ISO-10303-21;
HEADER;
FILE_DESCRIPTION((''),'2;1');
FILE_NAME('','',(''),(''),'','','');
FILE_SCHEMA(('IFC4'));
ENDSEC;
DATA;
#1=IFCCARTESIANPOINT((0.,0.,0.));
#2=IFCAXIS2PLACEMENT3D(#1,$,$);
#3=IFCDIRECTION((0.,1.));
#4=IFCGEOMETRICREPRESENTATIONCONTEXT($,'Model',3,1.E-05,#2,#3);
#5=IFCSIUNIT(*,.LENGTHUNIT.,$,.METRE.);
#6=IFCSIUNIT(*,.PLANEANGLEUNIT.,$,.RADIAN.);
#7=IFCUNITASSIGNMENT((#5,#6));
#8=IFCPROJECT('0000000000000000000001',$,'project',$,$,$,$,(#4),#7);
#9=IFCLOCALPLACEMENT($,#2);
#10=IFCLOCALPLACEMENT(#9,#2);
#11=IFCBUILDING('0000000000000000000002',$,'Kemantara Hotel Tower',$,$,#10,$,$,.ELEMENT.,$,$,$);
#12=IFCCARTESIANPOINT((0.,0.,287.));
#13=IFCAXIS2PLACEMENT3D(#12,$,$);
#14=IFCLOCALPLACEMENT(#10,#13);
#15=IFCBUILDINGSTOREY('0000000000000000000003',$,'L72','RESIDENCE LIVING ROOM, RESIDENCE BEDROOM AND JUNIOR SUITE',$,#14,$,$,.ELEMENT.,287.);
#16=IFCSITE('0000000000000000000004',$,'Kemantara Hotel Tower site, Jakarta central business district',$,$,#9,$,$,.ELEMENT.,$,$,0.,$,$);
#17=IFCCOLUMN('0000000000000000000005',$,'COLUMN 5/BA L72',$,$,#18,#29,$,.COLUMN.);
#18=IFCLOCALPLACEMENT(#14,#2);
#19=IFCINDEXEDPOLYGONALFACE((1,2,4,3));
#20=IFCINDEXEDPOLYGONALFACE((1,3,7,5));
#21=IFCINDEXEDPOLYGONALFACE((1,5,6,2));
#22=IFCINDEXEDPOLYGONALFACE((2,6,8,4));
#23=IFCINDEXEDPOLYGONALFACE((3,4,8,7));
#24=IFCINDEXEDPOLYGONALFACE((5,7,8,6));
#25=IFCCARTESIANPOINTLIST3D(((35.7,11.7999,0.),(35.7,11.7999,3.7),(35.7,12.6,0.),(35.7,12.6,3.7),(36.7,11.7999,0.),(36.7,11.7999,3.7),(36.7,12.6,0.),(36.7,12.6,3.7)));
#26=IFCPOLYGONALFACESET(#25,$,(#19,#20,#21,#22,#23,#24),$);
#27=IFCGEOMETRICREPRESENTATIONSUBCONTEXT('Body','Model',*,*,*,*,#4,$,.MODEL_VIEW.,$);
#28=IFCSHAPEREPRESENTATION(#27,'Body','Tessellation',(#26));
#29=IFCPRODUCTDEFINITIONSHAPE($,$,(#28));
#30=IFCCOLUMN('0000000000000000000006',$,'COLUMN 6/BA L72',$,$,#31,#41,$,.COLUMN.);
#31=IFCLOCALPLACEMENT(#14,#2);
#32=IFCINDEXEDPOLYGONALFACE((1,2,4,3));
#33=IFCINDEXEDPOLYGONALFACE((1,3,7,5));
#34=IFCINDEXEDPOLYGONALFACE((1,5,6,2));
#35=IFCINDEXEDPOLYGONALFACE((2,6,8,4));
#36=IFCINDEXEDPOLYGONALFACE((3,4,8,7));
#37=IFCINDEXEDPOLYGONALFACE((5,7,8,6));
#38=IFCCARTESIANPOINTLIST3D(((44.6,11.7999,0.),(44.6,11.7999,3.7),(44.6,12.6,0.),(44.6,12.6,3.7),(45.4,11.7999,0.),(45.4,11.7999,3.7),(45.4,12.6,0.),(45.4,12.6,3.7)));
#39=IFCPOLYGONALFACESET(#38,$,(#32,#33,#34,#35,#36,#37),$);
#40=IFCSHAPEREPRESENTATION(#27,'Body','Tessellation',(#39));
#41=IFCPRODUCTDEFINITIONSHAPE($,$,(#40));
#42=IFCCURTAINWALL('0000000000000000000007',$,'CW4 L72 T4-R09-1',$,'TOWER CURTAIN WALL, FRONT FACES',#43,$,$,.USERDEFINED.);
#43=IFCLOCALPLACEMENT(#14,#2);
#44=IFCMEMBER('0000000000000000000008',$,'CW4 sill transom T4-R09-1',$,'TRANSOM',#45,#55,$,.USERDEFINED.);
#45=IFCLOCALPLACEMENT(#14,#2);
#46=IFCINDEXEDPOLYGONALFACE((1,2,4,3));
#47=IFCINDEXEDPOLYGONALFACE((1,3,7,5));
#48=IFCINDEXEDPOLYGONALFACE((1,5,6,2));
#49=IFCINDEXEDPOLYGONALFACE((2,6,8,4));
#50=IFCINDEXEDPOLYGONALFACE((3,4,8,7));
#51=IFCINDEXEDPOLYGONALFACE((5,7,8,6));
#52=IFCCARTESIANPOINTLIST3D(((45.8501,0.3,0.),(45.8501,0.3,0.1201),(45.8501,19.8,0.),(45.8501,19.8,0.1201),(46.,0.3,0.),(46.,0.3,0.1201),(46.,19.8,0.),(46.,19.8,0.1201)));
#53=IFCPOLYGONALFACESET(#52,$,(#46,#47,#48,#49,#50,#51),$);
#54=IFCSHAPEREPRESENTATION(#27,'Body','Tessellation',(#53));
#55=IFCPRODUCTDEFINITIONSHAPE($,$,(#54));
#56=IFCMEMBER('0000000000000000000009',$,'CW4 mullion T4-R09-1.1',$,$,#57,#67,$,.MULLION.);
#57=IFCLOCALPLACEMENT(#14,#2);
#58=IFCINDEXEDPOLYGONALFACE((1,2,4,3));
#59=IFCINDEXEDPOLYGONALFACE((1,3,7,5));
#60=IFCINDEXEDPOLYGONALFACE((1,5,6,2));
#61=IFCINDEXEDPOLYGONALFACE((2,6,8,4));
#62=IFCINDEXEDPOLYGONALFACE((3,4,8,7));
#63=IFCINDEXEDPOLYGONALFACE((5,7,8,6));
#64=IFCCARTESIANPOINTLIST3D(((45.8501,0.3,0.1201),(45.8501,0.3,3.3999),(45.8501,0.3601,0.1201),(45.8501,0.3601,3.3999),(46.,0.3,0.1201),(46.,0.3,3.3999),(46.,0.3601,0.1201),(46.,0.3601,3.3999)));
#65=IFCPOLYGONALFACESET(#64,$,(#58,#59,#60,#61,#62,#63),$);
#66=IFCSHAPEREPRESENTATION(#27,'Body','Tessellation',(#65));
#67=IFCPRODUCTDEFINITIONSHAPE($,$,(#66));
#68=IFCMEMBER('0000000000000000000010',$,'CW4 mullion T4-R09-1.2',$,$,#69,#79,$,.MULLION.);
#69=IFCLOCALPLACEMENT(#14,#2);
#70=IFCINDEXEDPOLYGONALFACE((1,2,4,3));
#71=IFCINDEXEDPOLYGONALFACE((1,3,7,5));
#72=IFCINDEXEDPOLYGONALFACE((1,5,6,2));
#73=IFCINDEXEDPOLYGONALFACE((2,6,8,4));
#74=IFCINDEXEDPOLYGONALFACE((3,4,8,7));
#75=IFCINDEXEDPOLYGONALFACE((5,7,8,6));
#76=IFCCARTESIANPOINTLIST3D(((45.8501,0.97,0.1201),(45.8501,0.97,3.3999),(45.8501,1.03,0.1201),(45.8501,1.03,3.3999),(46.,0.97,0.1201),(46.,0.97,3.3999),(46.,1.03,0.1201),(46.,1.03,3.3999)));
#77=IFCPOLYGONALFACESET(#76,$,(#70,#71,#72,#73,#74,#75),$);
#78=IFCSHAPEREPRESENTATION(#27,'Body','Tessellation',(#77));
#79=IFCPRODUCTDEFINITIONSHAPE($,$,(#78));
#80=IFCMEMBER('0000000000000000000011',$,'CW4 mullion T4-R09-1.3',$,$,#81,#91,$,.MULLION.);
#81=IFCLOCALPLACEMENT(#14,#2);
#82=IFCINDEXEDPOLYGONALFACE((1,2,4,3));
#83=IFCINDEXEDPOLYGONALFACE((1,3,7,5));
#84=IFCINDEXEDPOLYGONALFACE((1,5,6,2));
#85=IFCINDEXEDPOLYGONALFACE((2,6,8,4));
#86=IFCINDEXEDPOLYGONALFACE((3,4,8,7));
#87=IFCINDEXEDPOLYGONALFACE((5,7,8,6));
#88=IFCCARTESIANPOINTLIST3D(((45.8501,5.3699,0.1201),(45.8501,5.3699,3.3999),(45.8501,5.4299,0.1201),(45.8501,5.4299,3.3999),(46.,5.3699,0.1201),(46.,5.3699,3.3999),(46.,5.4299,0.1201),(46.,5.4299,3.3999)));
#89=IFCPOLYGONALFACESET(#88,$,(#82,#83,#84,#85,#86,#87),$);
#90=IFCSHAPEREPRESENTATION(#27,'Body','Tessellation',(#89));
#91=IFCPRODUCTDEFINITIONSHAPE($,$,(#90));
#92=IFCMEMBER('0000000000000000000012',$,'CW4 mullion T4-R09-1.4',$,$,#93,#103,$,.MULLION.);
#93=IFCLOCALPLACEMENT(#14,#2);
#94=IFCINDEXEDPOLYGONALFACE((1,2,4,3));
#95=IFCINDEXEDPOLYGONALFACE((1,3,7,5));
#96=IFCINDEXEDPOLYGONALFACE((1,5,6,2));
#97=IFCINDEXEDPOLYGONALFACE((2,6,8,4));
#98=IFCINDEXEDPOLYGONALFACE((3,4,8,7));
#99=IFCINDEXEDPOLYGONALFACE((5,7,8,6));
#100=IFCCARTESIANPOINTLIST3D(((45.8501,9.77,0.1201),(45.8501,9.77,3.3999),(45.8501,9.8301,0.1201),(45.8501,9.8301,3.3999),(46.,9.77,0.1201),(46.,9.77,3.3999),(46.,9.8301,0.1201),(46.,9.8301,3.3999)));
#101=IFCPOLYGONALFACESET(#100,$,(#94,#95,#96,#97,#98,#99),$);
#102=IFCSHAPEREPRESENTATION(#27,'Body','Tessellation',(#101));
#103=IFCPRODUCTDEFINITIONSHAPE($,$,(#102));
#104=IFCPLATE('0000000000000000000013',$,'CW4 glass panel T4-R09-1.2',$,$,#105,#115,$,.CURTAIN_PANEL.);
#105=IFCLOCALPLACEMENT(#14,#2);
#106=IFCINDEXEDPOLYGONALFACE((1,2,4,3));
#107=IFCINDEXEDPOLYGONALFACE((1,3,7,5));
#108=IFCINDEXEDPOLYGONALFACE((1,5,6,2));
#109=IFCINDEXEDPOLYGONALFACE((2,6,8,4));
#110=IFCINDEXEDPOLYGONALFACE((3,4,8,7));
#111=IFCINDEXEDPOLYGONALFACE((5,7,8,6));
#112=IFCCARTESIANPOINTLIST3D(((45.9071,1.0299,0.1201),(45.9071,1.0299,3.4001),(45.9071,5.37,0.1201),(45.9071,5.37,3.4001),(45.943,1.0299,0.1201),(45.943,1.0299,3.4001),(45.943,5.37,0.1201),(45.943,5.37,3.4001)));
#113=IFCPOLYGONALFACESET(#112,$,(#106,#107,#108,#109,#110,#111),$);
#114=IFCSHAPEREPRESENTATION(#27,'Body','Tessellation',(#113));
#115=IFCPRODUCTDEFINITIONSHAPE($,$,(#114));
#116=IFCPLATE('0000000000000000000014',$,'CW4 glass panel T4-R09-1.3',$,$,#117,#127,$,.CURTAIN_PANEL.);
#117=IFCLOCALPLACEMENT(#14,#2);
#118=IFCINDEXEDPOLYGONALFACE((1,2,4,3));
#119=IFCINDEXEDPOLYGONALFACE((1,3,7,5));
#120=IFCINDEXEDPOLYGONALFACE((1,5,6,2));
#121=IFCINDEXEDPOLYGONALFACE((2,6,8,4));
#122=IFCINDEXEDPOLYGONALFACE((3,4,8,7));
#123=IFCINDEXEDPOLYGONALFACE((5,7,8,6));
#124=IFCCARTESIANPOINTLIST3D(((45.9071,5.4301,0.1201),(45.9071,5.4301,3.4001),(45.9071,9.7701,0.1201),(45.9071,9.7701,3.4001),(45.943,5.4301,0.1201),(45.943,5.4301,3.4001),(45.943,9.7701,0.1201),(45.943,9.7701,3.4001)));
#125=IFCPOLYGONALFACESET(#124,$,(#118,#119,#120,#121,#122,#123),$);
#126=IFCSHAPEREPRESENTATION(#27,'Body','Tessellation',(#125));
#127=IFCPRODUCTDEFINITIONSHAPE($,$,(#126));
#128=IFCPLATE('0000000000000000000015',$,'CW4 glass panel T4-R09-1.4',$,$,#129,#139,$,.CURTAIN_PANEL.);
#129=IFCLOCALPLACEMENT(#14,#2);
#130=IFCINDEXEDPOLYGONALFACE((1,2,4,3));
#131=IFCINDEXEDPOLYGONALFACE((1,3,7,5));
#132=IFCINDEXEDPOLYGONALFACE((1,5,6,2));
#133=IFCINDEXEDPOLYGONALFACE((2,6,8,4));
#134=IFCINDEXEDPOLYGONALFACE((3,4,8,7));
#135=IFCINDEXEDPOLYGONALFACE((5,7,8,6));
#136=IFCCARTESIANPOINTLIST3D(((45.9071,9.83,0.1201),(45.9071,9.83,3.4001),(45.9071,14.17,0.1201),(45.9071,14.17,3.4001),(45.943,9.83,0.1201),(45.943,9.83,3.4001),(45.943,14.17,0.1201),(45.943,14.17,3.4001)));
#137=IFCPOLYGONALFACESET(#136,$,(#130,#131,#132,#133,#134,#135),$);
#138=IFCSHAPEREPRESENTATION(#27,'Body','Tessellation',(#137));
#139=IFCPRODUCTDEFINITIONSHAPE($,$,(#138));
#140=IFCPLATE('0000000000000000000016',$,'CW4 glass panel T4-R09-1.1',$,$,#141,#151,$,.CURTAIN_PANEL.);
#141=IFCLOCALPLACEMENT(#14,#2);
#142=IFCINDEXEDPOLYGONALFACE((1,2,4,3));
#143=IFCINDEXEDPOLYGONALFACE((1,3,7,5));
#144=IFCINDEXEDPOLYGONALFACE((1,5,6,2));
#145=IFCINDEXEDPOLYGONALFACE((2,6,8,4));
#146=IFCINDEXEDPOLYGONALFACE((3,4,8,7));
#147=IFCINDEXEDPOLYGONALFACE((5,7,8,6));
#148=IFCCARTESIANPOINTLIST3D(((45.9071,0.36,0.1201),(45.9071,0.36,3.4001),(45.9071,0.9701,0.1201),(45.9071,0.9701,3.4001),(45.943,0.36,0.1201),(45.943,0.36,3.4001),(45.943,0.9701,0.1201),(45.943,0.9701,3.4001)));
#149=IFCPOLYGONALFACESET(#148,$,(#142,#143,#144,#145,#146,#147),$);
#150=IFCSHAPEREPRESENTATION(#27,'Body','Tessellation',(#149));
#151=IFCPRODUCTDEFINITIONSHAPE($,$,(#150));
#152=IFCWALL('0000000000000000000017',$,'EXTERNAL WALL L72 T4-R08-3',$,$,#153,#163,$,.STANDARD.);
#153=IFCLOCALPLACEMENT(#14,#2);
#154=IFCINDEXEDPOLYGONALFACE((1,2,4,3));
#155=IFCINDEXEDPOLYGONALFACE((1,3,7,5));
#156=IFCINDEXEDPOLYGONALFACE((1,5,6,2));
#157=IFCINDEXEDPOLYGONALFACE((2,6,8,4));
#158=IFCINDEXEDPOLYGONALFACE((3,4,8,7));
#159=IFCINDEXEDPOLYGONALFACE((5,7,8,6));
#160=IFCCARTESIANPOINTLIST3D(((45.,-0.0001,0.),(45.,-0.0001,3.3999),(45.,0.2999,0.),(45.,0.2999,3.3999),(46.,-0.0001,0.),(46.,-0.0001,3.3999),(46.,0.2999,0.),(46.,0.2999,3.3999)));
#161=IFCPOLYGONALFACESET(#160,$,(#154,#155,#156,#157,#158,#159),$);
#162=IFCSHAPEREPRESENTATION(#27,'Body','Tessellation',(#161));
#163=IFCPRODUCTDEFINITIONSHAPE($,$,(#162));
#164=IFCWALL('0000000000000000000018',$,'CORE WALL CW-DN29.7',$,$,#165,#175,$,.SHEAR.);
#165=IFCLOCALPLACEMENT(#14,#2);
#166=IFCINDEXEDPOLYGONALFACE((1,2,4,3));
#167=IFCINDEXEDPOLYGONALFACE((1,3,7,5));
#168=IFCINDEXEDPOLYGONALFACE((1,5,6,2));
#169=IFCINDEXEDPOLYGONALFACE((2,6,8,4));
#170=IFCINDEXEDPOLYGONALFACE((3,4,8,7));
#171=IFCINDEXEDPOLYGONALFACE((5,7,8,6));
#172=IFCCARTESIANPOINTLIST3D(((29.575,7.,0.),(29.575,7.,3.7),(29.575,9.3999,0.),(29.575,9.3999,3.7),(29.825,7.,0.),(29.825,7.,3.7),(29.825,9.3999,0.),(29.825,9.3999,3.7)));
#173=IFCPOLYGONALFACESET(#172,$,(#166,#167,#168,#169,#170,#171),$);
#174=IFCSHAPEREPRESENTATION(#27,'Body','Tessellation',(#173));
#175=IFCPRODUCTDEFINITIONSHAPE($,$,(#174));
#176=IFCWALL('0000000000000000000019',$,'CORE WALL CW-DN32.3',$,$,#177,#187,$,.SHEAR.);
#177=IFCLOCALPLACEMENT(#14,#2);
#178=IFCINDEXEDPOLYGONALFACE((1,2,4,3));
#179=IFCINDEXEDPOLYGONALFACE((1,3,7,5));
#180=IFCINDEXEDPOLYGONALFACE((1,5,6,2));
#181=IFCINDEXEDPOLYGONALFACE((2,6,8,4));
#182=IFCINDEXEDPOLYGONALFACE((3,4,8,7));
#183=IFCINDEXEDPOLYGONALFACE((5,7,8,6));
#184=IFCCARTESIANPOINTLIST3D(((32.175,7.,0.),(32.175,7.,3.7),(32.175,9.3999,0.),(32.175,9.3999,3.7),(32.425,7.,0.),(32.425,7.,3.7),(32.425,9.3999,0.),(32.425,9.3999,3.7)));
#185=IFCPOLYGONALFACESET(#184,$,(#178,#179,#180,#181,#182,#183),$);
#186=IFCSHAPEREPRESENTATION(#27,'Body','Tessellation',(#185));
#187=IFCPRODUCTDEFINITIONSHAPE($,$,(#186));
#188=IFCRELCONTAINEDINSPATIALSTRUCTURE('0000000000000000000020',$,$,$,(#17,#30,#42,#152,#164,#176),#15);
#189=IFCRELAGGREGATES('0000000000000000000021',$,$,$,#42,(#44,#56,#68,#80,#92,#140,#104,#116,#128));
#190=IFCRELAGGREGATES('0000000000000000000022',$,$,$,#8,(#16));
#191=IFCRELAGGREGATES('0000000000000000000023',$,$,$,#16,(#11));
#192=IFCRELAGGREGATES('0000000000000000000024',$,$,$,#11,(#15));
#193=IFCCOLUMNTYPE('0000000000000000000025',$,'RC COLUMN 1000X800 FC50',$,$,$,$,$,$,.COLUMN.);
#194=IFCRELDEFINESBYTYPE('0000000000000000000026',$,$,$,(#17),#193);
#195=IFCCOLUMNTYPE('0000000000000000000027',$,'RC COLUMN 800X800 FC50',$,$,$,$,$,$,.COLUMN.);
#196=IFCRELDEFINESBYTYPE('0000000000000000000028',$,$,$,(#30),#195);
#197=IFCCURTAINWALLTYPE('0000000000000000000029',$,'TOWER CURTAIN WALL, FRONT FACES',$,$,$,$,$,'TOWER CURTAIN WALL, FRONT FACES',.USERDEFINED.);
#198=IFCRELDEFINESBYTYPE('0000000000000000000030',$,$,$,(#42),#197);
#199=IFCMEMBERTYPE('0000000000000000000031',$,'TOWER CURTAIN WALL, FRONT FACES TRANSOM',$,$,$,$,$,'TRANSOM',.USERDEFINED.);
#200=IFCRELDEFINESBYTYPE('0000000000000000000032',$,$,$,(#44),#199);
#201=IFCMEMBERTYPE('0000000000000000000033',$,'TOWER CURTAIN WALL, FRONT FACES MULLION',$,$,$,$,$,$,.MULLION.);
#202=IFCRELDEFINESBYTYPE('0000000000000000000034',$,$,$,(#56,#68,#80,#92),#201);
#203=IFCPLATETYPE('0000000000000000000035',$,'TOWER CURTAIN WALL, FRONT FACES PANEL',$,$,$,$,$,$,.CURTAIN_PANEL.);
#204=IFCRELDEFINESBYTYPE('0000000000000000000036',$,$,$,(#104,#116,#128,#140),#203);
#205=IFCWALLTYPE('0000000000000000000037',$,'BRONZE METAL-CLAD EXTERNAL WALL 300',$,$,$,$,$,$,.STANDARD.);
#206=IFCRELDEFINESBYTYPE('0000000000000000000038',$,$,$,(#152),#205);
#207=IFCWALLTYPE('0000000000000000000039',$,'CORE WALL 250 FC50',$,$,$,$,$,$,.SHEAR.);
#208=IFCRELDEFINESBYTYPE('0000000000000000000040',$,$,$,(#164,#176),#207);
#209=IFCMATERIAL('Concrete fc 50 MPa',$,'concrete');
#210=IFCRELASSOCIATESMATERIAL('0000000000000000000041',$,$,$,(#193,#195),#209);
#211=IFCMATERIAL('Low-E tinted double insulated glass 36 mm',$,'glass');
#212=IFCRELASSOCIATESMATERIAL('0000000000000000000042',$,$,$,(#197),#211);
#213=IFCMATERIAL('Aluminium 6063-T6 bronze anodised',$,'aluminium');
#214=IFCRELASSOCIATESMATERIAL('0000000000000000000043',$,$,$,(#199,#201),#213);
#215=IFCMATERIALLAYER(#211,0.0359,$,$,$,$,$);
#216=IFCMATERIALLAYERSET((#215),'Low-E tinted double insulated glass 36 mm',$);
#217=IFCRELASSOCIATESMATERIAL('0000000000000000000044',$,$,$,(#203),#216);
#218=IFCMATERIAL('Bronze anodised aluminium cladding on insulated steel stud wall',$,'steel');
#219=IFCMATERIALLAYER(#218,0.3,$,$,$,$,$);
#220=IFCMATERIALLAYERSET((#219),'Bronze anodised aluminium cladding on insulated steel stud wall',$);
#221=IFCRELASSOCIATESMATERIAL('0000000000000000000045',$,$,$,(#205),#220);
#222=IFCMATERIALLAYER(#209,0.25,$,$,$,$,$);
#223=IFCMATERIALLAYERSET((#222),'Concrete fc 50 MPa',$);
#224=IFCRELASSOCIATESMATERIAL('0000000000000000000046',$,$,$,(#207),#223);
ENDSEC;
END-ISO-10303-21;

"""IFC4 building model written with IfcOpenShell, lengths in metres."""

from ifc_helpers import new_model, si_unit, direction, frame, frame_2d, origin, origin_2d, place, context, subcontext, project, spatial, rectangle, extrude, source, transform, mapped, material, layer, layer_set, material_profile, profile_set, type_object, element, aggregate, save


model = new_model("IFC4")

# Units and contexts
model_context = context("Model", 3, precision=1e-05, world=origin(), true_north=direction((0.0, 1.0)))
body_context = subcontext(model_context, "Body", "Model", "MODEL_VIEW")
ifc_project = project(units=[si_unit("LENGTHUNIT", "METRE"), si_unit("PLANEANGLEUNIT", "RADIAN")], contexts=[model_context])

# Site, building, storey
site_placement = place(None, origin())
site = spatial("IfcSite", under=ifc_project, at=site_placement, Name="Kemantara Hotel Tower site, Jakarta central business district", CompositionType="ELEMENT", RefElevation=0.0)
building_placement = place(site_placement, origin())
building = spatial("IfcBuilding", under=site, at=building_placement, Name="Kemantara Hotel Tower", CompositionType="ELEMENT")
storey_placement = place(building_placement, frame((0.0, 0.0, 287.0)))
storey = spatial("IfcBuildingStorey", under=building, at=storey_placement, Name="L72", Description="RESIDENCE LIVING ROOM, RESIDENCE BEDROOM AND JUNIOR SUITE", CompositionType="ELEMENT", Elevation=287.0)

# Columns
ifc_material_1 = material(Name="Concrete fc 50 MPa", Category="concrete")
ifc_material_profile_1 = material_profile(ifc_material_1, rectangle(XDim=1.0, YDim=0.8, at=origin_2d()), Name="RC 1000X800")
ifc_profile_set_1 = profile_set([ifc_material_profile_1], Name="Concrete fc 50 MPa")
column_type_1 = type_object("IfcColumnType", Name="RC COLUMN 1000X800 FC50", PredefinedType="COLUMN", material=ifc_profile_set_1)
column_1_placement = place(storey_placement, frame((36.2, 12.2, 0.0), z_axis=(0.0, 0.0, 1.0), x_axis=(1.0, 0.0, 0.0)))
element("IfcColumn", 1, at=column_1_placement, inside=storey, type_object=column_type_1, Name="COLUMN 5/BA L72", PredefinedType="COLUMN", context=body_context, shape_type="SweptSolid", body=[
    extrude(rectangle(XDim=1.0, YDim=0.8, at=origin_2d()), origin(), (0.0, 0.0, 1.0), 3.7),
])
ifc_material_profile_2 = material_profile(ifc_material_1, rectangle(XDim=0.8, YDim=0.8, at=origin_2d()), Name="RC 800X800")
ifc_profile_set_2 = profile_set([ifc_material_profile_2], Name="Concrete fc 50 MPa")
column_type_2 = type_object("IfcColumnType", Name="RC COLUMN 800X800 FC50", PredefinedType="COLUMN", material=ifc_profile_set_2)
column_2_placement = place(storey_placement, frame((45.0, 12.2, 0.0), z_axis=(0.0, 0.0, 1.0), x_axis=(1.0, 0.0, 0.0)))
element("IfcColumn", 2, at=column_2_placement, inside=storey, type_object=column_type_2, Name="COLUMN 6/BA L72", PredefinedType="COLUMN", context=body_context, shape_type="SweptSolid", body=[
    extrude(rectangle(XDim=0.8, YDim=0.8, at=origin_2d()), origin(), (0.0, 0.0, 1.0), 3.7),
])

# Curtain wall, members, plates
ifc_material_2 = material(Name="Low-E tinted double insulated glass 36 mm", Category="glass")
curtain_wall_type = type_object("IfcCurtainWallType", Name="TOWER CURTAIN WALL, FRONT FACES", ElementType="TOWER CURTAIN WALL, FRONT FACES", PredefinedType="USERDEFINED", material=ifc_material_2)
curtain_wall_placement = place(storey_placement, origin())
curtain_wall = element("IfcCurtainWall", 3, at=curtain_wall_placement, inside=storey, type_object=curtain_wall_type, Name="CW4 L72 T4-R09-1", ObjectType="TOWER CURTAIN WALL, FRONT FACES", PredefinedType="USERDEFINED")
ifc_material_3 = material(Name="Aluminium 6063-T6 bronze anodised", Category="aluminium")
ifc_material_profile_3 = material_profile(ifc_material_3, rectangle(XDim=0.1499, YDim=0.1201, at=origin_2d()), Name="TOWER CURTAIN WALL, FRONT FACES TRANSOM")
ifc_profile_set_3 = profile_set([ifc_material_profile_3], Name="Aluminium 6063-T6 bronze anodised")
member_type_1 = type_object("IfcMemberType", Name="TOWER CURTAIN WALL, FRONT FACES TRANSOM", ElementType="TRANSOM", PredefinedType="USERDEFINED", material=ifc_profile_set_3)
member_1_placement = place(storey_placement, frame((45.925, 0.3, 0.0601), z_axis=(0.0, 1.0, 0.0), x_axis=(-1.0, 0.0, 0.0)))
member_1 = element("IfcMember", 4, at=member_1_placement, type_object=member_type_1, Name="CW4 sill transom T4-R09-1", ObjectType="TRANSOM", PredefinedType="USERDEFINED", context=body_context, shape_type="SweptSolid", body=[
    extrude(rectangle(XDim=0.1499, YDim=0.1201, at=origin_2d()), origin(), (0.0, 0.0, 1.0), 19.5),
])
ifc_material_profile_4 = material_profile(ifc_material_3, rectangle(XDim=0.1499, YDim=0.0601, at=origin_2d()), Name="TOWER CURTAIN WALL, FRONT FACES MULLION")
ifc_profile_set_4 = profile_set([ifc_material_profile_4], Name="Aluminium 6063-T6 bronze anodised")
member_type_2 = type_object("IfcMemberType", Name="TOWER CURTAIN WALL, FRONT FACES MULLION", PredefinedType="MULLION", material=ifc_profile_set_4)
shared_shape_1 = source(origin(), body_context, "Body", "SweptSolid", [
    extrude(rectangle(XDim=0.1499, YDim=0.0601, at=origin_2d()), origin(), (0.0, 0.0, 1.0), 3.2798),
])
member_2_placement = place(storey_placement, frame((45.925, 0.3301, 0.1201), z_axis=(0.0, 0.0, 1.0), x_axis=(-1.0, 0.0, 0.0)))
member_2 = element("IfcMember", 5, at=member_2_placement, type_object=member_type_2, Name="CW4 mullion T4-R09-1.1", PredefinedType="MULLION", context=body_context, shape_type="MappedRepresentation", body=[
    mapped(shared_shape_1, transform((0.0, 0.0, 0.0))),
])
member_3_placement = place(storey_placement, frame((45.925, 1.0, 0.1201), z_axis=(0.0, 0.0, 1.0), x_axis=(-1.0, 0.0, 0.0)))
member_3 = element("IfcMember", 6, at=member_3_placement, type_object=member_type_2, Name="CW4 mullion T4-R09-1.2", PredefinedType="MULLION", context=body_context, shape_type="MappedRepresentation", body=[
    mapped(shared_shape_1, transform((0.0, 0.0, 0.0))),
])
member_4_placement = place(storey_placement, frame((45.925, 5.3999, 0.1201), z_axis=(0.0, 0.0, 1.0), x_axis=(-1.0, 0.0, 0.0)))
member_4 = element("IfcMember", 7, at=member_4_placement, type_object=member_type_2, Name="CW4 mullion T4-R09-1.3", PredefinedType="MULLION", context=body_context, shape_type="MappedRepresentation", body=[
    mapped(shared_shape_1, transform((0.0, 0.0, 0.0))),
])
member_5_placement = place(storey_placement, frame((45.925, 9.8, 0.1201), z_axis=(0.0, 0.0, 1.0), x_axis=(-1.0, 0.0, 0.0)))
member_5 = element("IfcMember", 8, at=member_5_placement, type_object=member_type_2, Name="CW4 mullion T4-R09-1.4", PredefinedType="MULLION", context=body_context, shape_type="MappedRepresentation", body=[
    mapped(shared_shape_1, transform((0.0, 0.0, 0.0))),
])
ifc_layer_1 = layer(ifc_material_2, 0.0359)
ifc_layer_set_1 = layer_set([ifc_layer_1], Name="Low-E tinted double insulated glass 36 mm")
plate_type = type_object("IfcPlateType", Name="TOWER CURTAIN WALL, FRONT FACES PANEL", PredefinedType="CURTAIN_PANEL", material=ifc_layer_set_1)
shared_shape_2 = source(origin(), body_context, "Body", "SweptSolid", [
    extrude(rectangle(XDim=4.3401, YDim=0.0359, at=origin_2d()), origin(), (0.0, 0.0, 1.0), 3.28),
])
plate_1_placement = place(storey_placement, frame((45.925, 3.2, 0.1201), z_axis=(0.0, 0.0, 1.0), x_axis=(0.0, 1.0, 0.0)))
plate_1 = element("IfcPlate", 9, at=plate_1_placement, type_object=plate_type, Name="CW4 glass panel T4-R09-1.2", PredefinedType="CURTAIN_PANEL", context=body_context, shape_type="MappedRepresentation", body=[
    mapped(shared_shape_2, transform((0.0, 0.0, 0.0))),
])
plate_2_placement = place(storey_placement, frame((45.925, 7.6001, 0.1201), z_axis=(0.0, 0.0, 1.0), x_axis=(0.0, 1.0, 0.0)))
plate_2 = element("IfcPlate", 10, at=plate_2_placement, type_object=plate_type, Name="CW4 glass panel T4-R09-1.3", PredefinedType="CURTAIN_PANEL", context=body_context, shape_type="MappedRepresentation", body=[
    mapped(shared_shape_2, transform((0.0, 0.0, 0.0))),
])
plate_3_placement = place(storey_placement, frame((45.925, 12.0, 0.1201), z_axis=(0.0, 0.0, 1.0), x_axis=(0.0, 1.0, 0.0)))
plate_3 = element("IfcPlate", 11, at=plate_3_placement, type_object=plate_type, Name="CW4 glass panel T4-R09-1.4", PredefinedType="CURTAIN_PANEL", context=body_context, shape_type="MappedRepresentation", body=[
    mapped(shared_shape_2, transform((0.0, 0.0, 0.0))),
])
shared_shape_3 = source(origin(), body_context, "Body", "SweptSolid", [
    extrude(rectangle(XDim=0.6101, YDim=0.0359, at=origin_2d()), origin(), (0.0, 0.0, 1.0), 3.28),
])
plate_4_placement = place(storey_placement, frame((45.925, 0.665, 0.1201), z_axis=(0.0, 0.0, 1.0), x_axis=(0.0, 1.0, 0.0)))
plate_4 = element("IfcPlate", 12, at=plate_4_placement, type_object=plate_type, Name="CW4 glass panel T4-R09-1.1", PredefinedType="CURTAIN_PANEL", context=body_context, shape_type="MappedRepresentation", body=[
    mapped(shared_shape_3, transform((0.0, 0.0, 0.0))),
])
aggregate(curtain_wall, [member_1, member_2, member_3, member_4, member_5, plate_4, plate_1, plate_2, plate_3])

# Walls
ifc_material_4 = material(Name="Bronze anodised aluminium cladding on insulated steel stud wall", Category="steel")
ifc_layer_2 = layer(ifc_material_4, 0.3)
ifc_layer_set_2 = layer_set([ifc_layer_2], Name="Bronze anodised aluminium cladding on insulated steel stud wall")
wall_type_1 = type_object("IfcWallType", Name="BRONZE METAL-CLAD EXTERNAL WALL 300", PredefinedType="STANDARD", material=ifc_layer_set_2)
wall_1_placement = place(storey_placement, frame((45.0, 0.1499, 0.0), z_axis=(0.0, 0.0, 1.0), x_axis=(1.0, 0.0, 0.0)))
element("IfcWall", 13, at=wall_1_placement, inside=storey, type_object=wall_type_1, Name="EXTERNAL WALL L72 T4-R08-3", PredefinedType="STANDARD", context=body_context, shape_type="SweptSolid", body=[
    extrude(rectangle(XDim=1.0, YDim=0.3, at=frame_2d((0.5, 0.0))), origin(), (0.0, 0.0, 1.0), 3.3999),
])
ifc_layer_3 = layer(ifc_material_1, 0.25)
ifc_layer_set_3 = layer_set([ifc_layer_3], Name="Concrete fc 50 MPa")
wall_type_2 = type_object("IfcWallType", Name="CORE WALL 250 FC50", PredefinedType="SHEAR", material=ifc_layer_set_3)
for number, where, z_axis, x_axis, name in (
    (14, (29.7, 7.0, 0.0), (0.0, 0.0, 1.0), (0.0, 1.0, 0.0), "CORE WALL CW-DN29.7"),
    (15, (32.3, 7.0, 0.0), (0.0, 0.0, 1.0), (0.0, 1.0, 0.0), "CORE WALL CW-DN32.3"),
):
    element("IfcWall", number, at=place(storey_placement, frame(where, z_axis=z_axis, x_axis=x_axis)), inside=storey, type_object=wall_type_2, Name=name, PredefinedType="SHEAR", context=body_context, shape_type="SweptSolid", body=[
        extrude(rectangle(XDim=2.3999, YDim=0.25, at=frame_2d((1.2, 0.0))), origin(), (0.0, 0.0, 1.0), 3.7),
    ])

save(model, "model.ifc")
